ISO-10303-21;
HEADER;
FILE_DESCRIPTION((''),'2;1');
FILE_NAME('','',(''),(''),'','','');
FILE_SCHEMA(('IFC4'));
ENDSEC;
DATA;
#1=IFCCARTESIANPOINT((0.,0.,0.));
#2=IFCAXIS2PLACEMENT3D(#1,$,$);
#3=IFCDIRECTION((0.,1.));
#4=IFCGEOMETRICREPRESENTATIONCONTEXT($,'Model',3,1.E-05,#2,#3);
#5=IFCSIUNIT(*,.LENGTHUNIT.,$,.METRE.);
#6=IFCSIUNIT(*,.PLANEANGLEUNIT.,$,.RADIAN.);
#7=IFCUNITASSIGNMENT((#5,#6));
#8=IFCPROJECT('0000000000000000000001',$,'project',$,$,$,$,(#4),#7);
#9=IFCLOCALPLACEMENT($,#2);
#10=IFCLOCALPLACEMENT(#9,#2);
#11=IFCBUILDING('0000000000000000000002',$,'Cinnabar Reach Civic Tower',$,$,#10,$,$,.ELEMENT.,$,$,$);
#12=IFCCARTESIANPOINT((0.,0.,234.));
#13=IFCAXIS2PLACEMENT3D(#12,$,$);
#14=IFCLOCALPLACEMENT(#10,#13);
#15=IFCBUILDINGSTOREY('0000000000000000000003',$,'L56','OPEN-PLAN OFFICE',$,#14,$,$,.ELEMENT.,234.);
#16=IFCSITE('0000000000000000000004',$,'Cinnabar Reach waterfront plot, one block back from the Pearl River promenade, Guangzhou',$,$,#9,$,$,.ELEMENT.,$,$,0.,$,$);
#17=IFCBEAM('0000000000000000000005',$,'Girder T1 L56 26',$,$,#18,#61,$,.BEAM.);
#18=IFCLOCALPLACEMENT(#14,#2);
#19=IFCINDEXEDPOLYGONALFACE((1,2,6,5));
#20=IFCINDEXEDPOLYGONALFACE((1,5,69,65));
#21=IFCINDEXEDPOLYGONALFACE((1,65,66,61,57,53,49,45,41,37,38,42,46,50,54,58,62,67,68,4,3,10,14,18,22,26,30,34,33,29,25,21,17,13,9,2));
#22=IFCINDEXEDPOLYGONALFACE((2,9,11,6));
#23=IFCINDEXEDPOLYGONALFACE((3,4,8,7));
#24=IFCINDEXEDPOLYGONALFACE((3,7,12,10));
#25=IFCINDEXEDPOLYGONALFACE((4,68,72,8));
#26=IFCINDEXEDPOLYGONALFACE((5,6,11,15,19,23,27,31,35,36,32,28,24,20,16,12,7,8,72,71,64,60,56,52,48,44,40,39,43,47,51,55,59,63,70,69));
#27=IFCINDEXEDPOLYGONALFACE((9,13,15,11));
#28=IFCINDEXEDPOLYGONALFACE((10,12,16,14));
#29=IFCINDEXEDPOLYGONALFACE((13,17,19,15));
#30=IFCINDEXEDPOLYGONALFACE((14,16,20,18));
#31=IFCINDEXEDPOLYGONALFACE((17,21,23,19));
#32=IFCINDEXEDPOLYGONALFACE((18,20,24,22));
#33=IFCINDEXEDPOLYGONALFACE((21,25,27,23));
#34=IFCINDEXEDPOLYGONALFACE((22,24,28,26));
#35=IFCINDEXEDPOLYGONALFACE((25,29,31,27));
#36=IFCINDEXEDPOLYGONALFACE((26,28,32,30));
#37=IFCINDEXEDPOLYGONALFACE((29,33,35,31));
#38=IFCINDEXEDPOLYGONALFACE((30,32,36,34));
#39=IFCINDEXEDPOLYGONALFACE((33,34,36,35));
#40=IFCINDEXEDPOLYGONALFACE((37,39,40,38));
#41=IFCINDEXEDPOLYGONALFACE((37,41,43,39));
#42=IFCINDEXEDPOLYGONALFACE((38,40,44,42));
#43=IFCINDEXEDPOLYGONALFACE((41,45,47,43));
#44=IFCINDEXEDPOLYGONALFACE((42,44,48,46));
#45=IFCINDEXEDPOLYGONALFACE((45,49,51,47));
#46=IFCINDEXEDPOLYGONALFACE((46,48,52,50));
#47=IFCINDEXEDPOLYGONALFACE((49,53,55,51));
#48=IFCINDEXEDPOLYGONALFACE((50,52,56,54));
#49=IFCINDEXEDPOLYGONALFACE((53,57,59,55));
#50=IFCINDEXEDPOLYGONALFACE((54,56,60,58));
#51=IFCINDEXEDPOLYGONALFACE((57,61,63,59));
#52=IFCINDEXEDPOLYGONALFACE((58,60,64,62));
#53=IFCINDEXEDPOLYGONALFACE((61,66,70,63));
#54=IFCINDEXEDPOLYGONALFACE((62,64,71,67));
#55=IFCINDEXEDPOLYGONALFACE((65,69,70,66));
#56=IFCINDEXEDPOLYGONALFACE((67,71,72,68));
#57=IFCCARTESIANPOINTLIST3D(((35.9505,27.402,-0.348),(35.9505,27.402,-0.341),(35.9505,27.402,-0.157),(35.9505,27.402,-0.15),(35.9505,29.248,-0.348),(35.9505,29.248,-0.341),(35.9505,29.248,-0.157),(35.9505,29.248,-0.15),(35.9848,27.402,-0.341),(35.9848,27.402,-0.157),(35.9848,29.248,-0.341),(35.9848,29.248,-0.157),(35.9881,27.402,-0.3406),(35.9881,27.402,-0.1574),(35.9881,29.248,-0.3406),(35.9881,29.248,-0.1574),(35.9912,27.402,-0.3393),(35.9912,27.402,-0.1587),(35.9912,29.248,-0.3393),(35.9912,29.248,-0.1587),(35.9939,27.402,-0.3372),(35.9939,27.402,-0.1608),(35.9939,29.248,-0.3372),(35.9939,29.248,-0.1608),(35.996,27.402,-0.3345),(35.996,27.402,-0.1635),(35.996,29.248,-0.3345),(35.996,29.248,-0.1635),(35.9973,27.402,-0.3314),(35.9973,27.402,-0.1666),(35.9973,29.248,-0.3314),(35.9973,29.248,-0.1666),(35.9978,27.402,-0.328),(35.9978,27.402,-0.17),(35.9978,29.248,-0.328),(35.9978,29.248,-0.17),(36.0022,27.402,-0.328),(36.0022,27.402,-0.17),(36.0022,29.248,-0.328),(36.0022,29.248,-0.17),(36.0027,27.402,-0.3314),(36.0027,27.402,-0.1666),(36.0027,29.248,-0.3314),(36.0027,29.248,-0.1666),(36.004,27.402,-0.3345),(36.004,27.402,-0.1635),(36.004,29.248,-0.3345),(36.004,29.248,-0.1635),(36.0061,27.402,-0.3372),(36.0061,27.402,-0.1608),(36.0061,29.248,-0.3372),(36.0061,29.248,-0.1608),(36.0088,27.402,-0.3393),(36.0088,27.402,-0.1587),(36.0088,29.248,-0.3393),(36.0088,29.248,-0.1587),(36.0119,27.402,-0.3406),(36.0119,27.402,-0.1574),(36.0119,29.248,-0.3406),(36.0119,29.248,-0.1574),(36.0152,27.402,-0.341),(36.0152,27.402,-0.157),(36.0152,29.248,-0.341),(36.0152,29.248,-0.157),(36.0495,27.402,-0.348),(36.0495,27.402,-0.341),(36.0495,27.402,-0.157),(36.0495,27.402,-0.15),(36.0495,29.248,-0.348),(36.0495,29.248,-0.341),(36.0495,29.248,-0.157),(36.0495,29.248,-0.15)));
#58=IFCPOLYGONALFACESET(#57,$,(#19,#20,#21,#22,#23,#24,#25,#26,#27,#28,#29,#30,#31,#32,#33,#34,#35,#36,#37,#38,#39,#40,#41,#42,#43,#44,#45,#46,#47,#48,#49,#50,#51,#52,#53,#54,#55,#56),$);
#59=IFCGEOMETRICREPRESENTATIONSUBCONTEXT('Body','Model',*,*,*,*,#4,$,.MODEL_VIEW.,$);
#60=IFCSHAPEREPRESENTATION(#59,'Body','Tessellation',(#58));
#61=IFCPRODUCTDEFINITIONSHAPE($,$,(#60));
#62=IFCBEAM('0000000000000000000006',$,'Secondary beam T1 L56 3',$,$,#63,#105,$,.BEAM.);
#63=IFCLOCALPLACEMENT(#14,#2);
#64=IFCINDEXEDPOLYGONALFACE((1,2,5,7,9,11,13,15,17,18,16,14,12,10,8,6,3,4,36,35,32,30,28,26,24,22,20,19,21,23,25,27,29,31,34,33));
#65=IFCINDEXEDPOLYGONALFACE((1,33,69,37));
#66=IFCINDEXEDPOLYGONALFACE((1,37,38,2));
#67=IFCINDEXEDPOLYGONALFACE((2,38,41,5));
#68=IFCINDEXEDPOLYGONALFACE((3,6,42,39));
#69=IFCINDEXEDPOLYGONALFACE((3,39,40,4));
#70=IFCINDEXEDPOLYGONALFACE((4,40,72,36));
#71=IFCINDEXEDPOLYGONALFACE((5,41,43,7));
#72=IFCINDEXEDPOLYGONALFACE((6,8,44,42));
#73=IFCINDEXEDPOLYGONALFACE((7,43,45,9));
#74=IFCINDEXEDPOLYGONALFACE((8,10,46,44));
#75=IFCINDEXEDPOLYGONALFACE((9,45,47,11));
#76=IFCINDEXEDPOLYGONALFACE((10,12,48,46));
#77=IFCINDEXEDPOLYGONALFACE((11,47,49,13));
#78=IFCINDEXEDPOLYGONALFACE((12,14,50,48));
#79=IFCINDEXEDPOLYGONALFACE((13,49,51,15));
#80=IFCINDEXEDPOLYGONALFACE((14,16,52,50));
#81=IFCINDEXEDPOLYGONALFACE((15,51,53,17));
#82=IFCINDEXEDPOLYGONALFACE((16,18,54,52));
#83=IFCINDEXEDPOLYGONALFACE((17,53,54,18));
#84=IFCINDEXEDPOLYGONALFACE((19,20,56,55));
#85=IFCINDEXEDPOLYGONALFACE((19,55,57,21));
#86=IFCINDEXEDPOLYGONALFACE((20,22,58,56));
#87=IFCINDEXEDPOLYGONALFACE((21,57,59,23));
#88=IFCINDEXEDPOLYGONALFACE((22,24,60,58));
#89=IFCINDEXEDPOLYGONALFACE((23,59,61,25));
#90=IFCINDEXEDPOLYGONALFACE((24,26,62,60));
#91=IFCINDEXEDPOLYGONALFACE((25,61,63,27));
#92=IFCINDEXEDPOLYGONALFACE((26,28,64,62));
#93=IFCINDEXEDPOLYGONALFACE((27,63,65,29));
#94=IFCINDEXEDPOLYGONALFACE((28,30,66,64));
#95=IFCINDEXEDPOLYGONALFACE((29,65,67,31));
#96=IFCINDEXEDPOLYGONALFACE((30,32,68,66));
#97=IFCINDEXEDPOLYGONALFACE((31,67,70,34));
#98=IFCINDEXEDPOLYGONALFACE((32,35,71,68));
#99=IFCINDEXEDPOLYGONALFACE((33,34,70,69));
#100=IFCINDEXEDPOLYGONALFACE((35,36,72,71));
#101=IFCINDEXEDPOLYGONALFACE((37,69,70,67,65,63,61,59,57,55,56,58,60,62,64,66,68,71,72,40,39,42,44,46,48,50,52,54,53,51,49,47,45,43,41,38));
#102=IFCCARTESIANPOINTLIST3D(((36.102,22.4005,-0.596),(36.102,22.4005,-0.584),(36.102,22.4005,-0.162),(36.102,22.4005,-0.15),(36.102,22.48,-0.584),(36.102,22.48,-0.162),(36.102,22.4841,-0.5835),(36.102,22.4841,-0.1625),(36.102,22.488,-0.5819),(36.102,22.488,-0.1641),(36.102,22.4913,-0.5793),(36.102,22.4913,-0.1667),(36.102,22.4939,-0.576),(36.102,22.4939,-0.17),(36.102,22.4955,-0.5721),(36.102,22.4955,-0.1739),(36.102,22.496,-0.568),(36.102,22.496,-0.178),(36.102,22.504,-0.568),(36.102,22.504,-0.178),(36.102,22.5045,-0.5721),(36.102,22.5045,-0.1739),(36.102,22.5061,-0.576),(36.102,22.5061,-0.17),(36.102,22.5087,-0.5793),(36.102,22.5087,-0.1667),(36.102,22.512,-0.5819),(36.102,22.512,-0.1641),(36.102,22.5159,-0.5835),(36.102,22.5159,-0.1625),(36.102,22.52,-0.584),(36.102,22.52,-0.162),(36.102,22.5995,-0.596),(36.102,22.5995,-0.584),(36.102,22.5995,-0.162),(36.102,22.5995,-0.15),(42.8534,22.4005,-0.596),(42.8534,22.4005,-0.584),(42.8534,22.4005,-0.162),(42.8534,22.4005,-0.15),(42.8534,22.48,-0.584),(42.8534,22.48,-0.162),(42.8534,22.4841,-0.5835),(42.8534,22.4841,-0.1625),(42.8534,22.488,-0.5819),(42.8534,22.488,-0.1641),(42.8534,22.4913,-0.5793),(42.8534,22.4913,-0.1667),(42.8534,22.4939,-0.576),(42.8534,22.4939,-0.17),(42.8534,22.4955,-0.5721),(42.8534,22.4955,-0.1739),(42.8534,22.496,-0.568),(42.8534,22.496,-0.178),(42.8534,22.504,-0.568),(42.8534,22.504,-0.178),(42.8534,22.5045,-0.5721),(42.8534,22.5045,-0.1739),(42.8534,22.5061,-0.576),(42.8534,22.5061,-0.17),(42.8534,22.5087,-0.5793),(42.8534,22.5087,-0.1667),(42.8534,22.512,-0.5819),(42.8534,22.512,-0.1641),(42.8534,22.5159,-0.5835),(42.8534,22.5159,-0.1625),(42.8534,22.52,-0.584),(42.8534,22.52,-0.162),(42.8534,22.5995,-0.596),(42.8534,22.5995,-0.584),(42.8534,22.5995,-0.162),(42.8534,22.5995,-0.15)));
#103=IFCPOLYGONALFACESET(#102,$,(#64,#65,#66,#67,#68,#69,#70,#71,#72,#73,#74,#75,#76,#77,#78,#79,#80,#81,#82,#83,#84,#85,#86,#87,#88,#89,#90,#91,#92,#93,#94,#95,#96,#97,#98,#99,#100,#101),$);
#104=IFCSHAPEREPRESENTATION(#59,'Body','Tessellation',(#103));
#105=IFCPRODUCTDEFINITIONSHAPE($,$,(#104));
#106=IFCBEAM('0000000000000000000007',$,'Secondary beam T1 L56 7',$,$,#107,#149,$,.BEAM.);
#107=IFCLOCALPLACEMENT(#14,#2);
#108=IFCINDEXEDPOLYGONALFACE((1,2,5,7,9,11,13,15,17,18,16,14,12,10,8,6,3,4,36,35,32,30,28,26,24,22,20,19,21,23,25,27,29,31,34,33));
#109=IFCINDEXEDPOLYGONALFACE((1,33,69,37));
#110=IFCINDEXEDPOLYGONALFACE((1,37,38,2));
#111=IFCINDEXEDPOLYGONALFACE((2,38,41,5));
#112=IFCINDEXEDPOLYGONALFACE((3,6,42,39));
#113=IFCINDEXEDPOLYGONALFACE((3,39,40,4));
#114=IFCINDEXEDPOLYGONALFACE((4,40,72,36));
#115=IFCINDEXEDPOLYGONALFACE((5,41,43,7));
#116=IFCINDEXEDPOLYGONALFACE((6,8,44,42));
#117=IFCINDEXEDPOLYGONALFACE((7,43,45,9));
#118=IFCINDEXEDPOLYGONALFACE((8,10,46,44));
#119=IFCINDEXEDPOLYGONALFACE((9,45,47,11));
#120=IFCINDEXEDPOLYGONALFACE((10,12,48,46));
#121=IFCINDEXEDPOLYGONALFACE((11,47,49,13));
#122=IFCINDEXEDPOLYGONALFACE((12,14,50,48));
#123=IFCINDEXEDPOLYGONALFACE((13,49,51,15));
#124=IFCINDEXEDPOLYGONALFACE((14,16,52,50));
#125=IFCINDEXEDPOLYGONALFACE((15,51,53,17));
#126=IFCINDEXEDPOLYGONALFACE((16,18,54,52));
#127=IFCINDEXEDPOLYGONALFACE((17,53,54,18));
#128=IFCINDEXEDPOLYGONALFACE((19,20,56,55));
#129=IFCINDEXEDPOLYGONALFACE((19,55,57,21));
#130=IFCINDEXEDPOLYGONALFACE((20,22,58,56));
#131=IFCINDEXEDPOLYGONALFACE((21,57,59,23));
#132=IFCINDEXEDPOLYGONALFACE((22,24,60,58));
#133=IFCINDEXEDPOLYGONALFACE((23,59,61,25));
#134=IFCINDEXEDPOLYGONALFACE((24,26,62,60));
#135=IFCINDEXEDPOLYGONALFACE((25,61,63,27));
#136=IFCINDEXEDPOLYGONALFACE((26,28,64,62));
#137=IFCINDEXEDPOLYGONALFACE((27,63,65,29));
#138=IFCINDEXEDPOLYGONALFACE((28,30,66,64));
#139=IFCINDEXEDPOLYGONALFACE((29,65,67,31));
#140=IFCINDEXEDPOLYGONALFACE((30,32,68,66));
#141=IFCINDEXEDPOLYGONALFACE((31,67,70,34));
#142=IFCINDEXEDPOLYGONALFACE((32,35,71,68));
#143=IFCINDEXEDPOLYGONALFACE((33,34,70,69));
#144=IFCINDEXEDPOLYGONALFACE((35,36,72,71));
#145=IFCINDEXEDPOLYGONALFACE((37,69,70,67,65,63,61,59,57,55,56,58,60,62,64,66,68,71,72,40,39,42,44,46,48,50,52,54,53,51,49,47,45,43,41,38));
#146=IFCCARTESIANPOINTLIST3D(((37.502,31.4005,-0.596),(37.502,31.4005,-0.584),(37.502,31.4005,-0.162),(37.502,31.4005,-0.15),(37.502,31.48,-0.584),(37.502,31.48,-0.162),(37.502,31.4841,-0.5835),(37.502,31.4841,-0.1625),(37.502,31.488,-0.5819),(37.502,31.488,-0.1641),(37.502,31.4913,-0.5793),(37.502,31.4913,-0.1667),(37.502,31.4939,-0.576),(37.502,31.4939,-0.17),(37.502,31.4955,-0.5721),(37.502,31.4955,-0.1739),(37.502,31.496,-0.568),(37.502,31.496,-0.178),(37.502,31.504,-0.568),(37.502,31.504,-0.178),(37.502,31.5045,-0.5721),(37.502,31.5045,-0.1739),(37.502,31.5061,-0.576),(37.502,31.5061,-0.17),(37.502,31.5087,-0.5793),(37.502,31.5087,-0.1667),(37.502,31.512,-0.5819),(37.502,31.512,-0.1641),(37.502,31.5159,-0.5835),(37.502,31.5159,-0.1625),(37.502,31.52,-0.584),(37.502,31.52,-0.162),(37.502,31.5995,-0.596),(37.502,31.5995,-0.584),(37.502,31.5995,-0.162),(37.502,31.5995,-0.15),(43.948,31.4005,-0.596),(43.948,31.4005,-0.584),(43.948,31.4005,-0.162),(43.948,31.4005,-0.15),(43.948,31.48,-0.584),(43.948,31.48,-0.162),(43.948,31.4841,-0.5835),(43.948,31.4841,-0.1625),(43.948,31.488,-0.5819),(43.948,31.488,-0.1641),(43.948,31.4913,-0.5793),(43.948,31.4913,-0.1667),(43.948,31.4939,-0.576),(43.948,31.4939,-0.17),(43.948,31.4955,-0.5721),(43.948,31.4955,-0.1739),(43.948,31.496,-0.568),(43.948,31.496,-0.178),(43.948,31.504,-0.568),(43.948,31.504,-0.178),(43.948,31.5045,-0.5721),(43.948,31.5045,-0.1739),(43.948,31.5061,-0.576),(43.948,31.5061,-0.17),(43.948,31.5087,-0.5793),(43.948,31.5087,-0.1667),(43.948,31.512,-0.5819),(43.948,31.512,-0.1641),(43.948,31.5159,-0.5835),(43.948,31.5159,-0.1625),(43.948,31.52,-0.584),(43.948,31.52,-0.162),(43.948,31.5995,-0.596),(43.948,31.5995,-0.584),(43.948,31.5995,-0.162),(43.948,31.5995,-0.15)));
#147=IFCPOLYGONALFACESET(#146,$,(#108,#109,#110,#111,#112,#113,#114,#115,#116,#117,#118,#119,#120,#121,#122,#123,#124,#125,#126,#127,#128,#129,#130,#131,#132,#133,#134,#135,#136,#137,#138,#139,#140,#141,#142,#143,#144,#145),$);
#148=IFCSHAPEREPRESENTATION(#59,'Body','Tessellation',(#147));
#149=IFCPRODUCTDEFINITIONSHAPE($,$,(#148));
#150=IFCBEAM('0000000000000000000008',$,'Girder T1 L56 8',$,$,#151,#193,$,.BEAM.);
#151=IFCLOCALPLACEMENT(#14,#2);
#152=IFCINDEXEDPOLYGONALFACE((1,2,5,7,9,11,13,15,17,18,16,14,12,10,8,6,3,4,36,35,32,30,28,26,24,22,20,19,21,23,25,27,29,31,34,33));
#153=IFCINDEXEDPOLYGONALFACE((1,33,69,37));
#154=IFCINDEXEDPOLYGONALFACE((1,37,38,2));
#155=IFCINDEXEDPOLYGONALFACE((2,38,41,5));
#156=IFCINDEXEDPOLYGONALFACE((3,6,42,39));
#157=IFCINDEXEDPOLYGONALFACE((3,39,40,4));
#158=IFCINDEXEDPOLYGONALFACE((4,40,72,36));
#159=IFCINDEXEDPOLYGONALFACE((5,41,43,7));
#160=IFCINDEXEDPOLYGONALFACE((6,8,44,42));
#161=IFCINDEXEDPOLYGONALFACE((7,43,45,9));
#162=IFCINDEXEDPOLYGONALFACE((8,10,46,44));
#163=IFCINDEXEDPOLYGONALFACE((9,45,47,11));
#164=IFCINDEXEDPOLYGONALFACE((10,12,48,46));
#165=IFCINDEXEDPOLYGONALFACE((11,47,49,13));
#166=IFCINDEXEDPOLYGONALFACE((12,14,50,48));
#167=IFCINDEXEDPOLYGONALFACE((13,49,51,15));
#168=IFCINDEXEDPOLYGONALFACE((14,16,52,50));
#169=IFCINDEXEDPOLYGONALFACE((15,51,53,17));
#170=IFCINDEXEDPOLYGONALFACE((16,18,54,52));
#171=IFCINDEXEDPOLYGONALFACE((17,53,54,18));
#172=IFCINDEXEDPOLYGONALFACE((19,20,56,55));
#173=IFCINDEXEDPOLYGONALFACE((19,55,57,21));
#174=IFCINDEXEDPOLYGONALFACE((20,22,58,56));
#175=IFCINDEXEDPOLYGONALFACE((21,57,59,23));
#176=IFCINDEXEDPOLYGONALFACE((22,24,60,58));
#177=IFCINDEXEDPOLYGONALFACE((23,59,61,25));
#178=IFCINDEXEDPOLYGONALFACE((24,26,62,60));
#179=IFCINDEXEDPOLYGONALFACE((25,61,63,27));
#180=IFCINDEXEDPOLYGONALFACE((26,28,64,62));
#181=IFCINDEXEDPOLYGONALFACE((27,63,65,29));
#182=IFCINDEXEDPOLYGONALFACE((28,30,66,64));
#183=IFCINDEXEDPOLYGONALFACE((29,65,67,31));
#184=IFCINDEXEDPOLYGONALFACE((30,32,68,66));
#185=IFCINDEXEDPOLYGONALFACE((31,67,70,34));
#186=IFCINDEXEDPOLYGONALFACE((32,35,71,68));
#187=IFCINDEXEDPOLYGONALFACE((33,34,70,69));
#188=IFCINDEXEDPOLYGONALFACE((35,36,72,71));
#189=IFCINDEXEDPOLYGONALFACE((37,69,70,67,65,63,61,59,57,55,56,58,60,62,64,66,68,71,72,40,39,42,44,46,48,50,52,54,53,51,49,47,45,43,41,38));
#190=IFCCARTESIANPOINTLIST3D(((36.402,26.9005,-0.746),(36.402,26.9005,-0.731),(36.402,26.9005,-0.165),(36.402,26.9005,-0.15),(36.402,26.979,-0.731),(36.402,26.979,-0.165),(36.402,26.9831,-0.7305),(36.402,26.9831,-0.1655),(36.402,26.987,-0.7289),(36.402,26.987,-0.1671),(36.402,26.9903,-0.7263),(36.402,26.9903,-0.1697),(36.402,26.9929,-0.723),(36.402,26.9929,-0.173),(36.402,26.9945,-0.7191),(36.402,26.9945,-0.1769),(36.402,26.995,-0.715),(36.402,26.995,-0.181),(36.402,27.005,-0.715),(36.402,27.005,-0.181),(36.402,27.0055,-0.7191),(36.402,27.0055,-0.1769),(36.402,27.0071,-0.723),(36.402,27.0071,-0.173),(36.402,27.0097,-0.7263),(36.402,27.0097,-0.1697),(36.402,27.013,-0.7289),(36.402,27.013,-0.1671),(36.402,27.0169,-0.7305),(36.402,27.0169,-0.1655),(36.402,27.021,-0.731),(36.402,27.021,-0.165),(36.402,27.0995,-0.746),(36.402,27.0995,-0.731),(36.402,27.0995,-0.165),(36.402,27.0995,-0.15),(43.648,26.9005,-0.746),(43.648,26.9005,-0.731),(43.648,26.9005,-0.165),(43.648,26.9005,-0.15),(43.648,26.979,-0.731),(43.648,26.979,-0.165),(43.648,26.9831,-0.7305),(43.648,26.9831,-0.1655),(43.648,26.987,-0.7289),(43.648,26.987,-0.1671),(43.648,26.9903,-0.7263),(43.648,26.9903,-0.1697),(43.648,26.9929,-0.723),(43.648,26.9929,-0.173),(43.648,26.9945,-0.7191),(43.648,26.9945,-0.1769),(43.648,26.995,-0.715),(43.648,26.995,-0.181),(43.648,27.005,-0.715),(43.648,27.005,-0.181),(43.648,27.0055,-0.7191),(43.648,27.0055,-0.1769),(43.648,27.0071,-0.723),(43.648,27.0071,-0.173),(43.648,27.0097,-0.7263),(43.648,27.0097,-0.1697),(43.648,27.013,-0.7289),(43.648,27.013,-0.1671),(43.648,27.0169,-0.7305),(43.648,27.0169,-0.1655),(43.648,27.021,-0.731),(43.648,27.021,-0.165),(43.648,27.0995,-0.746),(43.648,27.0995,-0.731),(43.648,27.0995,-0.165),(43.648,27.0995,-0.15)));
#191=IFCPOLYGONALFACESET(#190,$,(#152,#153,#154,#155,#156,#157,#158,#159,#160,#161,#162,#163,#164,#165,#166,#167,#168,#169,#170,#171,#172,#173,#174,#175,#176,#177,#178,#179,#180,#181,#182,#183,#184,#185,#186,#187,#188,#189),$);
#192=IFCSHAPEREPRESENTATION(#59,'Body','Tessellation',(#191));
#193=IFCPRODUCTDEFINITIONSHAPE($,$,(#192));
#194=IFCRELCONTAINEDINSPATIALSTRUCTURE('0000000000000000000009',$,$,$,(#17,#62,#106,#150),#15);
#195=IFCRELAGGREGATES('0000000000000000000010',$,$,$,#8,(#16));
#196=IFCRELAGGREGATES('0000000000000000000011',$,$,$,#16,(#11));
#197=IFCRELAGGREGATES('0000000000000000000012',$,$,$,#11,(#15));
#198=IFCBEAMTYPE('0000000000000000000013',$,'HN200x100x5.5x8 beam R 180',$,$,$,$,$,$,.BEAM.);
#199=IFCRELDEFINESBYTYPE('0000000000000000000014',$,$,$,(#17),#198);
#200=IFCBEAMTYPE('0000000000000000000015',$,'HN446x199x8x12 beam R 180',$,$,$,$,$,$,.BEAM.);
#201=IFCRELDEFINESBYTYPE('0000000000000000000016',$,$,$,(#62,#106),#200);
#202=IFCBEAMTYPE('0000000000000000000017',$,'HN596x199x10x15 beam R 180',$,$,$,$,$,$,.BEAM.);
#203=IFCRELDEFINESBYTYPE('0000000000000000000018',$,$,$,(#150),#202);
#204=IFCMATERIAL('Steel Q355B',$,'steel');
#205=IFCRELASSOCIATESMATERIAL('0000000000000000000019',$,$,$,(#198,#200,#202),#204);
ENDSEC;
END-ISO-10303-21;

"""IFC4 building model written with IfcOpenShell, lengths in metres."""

from ifc_helpers import new_model, si_unit, direction, frame, origin, origin_2d, place, context, subcontext, project, spatial, i_section, extrude, material, material_profile, profile_set, type_object, element, save


model = new_model("IFC4")

# Units and contexts
model_context = context("Model", 3, precision=1e-05, world=origin(), true_north=direction((0.0, 1.0)))
body_context = subcontext(model_context, "Body", "Model", "MODEL_VIEW")
ifc_project = project(units=[si_unit("LENGTHUNIT", "METRE"), si_unit("PLANEANGLEUNIT", "RADIAN")], contexts=[model_context])

# Site, building, storey
site_placement = place(None, origin())
site = spatial("IfcSite", under=ifc_project, at=site_placement, Name="Cinnabar Reach waterfront plot, one block back from the Pearl River promenade, Guangzhou", CompositionType="ELEMENT", RefElevation=0.0)
building_placement = place(site_placement, origin())
building = spatial("IfcBuilding", under=site, at=building_placement, Name="Cinnabar Reach Civic Tower", CompositionType="ELEMENT")
storey_placement = place(building_placement, frame((0.0, 0.0, 234.0)))
storey = spatial("IfcBuildingStorey", under=building, at=storey_placement, Name="L56", Description="OPEN-PLAN OFFICE", CompositionType="ELEMENT", Elevation=234.0)

# Beams
ifc_material_1 = material(Name="Steel Q355B", Category="steel")
ifc_material_profile_1 = material_profile(ifc_material_1, i_section(OverallWidth=0.099, OverallDepth=0.198, WebThickness=0.0045, FlangeThickness=0.007, FilletRadius=0.013, at=origin_2d()), Name="HN200x100x5.5x8")
ifc_profile_set_1 = profile_set([ifc_material_profile_1], Name="Steel Q355B")
beam_type_1 = type_object("IfcBeamType", Name="HN200x100x5.5x8 beam R 180", PredefinedType="BEAM", material=ifc_profile_set_1)
beam_1_placement = place(storey_placement, frame((36.0, 27.402, -0.249), z_axis=(0.0, 1.0, 0.0), x_axis=(-1.0, 0.0, 0.0)))
element("IfcBeam", 1, at=beam_1_placement, inside=storey, type_object=beam_type_1, Name="Girder T1 L56 26", PredefinedType="BEAM", context=body_context, shape_type="SweptSolid", body=[
    extrude(i_section(OverallWidth=0.099, OverallDepth=0.198, WebThickness=0.0045, FlangeThickness=0.007, FilletRadius=0.013, at=origin_2d()), origin(), (0.0, 0.0, 1.0), 1.846),
])
ifc_material_profile_2 = material_profile(ifc_material_1, i_section(OverallWidth=0.199, OverallDepth=0.446, WebThickness=0.008, FlangeThickness=0.012, FilletRadius=0.016, at=origin_2d()), Name="HN446x199x8x12")
ifc_profile_set_2 = profile_set([ifc_material_profile_2], Name="Steel Q355B")
beam_type_2 = type_object("IfcBeamType", Name="HN446x199x8x12 beam R 180", PredefinedType="BEAM", material=ifc_profile_set_2)
beam_2_placement = place(storey_placement, frame((36.102, 22.5, -0.373), z_axis=(1.0, 0.0, 0.0), x_axis=(0.0, 1.0, 0.0)))
element("IfcBeam", 2, at=beam_2_placement, inside=storey, type_object=beam_type_2, Name="Secondary beam T1 L56 3", PredefinedType="BEAM", context=body_context, shape_type="SweptSolid", body=[
    extrude(i_section(OverallWidth=0.199, OverallDepth=0.446, WebThickness=0.008, FlangeThickness=0.012, FilletRadius=0.016, at=origin_2d()), origin(), (0.0, 0.0, 1.0), 6.7514),
])
beam_3_placement = place(storey_placement, frame((37.502, 31.5, -0.373), z_axis=(1.0, 0.0, 0.0), x_axis=(0.0, 1.0, 0.0)))
element("IfcBeam", 3, at=beam_3_placement, inside=storey, type_object=beam_type_2, Name="Secondary beam T1 L56 7", PredefinedType="BEAM", context=body_context, shape_type="SweptSolid", body=[
    extrude(i_section(OverallWidth=0.199, OverallDepth=0.446, WebThickness=0.008, FlangeThickness=0.012, FilletRadius=0.016, at=origin_2d()), origin(), (0.0, 0.0, 1.0), 6.446),
])
ifc_material_profile_3 = material_profile(ifc_material_1, i_section(OverallWidth=0.199, OverallDepth=0.596, WebThickness=0.01, FlangeThickness=0.015, FilletRadius=0.016, at=origin_2d()), Name="HN596x199x10x15")
ifc_profile_set_3 = profile_set([ifc_material_profile_3], Name="Steel Q355B")
beam_type_3 = type_object("IfcBeamType", Name="HN596x199x10x15 beam R 180", PredefinedType="BEAM", material=ifc_profile_set_3)
beam_4_placement = place(storey_placement, frame((36.402, 27.0, -0.448), z_axis=(1.0, 0.0, 0.0), x_axis=(0.0, 1.0, 0.0)))
element("IfcBeam", 4, at=beam_4_placement, inside=storey, type_object=beam_type_3, Name="Girder T1 L56 8", PredefinedType="BEAM", context=body_context, shape_type="SweptSolid", body=[
    extrude(i_section(OverallWidth=0.199, OverallDepth=0.596, WebThickness=0.01, FlangeThickness=0.015, FilletRadius=0.016, at=origin_2d()), origin(), (0.0, 0.0, 1.0), 7.246),
])

save(model, "model.ifc")
